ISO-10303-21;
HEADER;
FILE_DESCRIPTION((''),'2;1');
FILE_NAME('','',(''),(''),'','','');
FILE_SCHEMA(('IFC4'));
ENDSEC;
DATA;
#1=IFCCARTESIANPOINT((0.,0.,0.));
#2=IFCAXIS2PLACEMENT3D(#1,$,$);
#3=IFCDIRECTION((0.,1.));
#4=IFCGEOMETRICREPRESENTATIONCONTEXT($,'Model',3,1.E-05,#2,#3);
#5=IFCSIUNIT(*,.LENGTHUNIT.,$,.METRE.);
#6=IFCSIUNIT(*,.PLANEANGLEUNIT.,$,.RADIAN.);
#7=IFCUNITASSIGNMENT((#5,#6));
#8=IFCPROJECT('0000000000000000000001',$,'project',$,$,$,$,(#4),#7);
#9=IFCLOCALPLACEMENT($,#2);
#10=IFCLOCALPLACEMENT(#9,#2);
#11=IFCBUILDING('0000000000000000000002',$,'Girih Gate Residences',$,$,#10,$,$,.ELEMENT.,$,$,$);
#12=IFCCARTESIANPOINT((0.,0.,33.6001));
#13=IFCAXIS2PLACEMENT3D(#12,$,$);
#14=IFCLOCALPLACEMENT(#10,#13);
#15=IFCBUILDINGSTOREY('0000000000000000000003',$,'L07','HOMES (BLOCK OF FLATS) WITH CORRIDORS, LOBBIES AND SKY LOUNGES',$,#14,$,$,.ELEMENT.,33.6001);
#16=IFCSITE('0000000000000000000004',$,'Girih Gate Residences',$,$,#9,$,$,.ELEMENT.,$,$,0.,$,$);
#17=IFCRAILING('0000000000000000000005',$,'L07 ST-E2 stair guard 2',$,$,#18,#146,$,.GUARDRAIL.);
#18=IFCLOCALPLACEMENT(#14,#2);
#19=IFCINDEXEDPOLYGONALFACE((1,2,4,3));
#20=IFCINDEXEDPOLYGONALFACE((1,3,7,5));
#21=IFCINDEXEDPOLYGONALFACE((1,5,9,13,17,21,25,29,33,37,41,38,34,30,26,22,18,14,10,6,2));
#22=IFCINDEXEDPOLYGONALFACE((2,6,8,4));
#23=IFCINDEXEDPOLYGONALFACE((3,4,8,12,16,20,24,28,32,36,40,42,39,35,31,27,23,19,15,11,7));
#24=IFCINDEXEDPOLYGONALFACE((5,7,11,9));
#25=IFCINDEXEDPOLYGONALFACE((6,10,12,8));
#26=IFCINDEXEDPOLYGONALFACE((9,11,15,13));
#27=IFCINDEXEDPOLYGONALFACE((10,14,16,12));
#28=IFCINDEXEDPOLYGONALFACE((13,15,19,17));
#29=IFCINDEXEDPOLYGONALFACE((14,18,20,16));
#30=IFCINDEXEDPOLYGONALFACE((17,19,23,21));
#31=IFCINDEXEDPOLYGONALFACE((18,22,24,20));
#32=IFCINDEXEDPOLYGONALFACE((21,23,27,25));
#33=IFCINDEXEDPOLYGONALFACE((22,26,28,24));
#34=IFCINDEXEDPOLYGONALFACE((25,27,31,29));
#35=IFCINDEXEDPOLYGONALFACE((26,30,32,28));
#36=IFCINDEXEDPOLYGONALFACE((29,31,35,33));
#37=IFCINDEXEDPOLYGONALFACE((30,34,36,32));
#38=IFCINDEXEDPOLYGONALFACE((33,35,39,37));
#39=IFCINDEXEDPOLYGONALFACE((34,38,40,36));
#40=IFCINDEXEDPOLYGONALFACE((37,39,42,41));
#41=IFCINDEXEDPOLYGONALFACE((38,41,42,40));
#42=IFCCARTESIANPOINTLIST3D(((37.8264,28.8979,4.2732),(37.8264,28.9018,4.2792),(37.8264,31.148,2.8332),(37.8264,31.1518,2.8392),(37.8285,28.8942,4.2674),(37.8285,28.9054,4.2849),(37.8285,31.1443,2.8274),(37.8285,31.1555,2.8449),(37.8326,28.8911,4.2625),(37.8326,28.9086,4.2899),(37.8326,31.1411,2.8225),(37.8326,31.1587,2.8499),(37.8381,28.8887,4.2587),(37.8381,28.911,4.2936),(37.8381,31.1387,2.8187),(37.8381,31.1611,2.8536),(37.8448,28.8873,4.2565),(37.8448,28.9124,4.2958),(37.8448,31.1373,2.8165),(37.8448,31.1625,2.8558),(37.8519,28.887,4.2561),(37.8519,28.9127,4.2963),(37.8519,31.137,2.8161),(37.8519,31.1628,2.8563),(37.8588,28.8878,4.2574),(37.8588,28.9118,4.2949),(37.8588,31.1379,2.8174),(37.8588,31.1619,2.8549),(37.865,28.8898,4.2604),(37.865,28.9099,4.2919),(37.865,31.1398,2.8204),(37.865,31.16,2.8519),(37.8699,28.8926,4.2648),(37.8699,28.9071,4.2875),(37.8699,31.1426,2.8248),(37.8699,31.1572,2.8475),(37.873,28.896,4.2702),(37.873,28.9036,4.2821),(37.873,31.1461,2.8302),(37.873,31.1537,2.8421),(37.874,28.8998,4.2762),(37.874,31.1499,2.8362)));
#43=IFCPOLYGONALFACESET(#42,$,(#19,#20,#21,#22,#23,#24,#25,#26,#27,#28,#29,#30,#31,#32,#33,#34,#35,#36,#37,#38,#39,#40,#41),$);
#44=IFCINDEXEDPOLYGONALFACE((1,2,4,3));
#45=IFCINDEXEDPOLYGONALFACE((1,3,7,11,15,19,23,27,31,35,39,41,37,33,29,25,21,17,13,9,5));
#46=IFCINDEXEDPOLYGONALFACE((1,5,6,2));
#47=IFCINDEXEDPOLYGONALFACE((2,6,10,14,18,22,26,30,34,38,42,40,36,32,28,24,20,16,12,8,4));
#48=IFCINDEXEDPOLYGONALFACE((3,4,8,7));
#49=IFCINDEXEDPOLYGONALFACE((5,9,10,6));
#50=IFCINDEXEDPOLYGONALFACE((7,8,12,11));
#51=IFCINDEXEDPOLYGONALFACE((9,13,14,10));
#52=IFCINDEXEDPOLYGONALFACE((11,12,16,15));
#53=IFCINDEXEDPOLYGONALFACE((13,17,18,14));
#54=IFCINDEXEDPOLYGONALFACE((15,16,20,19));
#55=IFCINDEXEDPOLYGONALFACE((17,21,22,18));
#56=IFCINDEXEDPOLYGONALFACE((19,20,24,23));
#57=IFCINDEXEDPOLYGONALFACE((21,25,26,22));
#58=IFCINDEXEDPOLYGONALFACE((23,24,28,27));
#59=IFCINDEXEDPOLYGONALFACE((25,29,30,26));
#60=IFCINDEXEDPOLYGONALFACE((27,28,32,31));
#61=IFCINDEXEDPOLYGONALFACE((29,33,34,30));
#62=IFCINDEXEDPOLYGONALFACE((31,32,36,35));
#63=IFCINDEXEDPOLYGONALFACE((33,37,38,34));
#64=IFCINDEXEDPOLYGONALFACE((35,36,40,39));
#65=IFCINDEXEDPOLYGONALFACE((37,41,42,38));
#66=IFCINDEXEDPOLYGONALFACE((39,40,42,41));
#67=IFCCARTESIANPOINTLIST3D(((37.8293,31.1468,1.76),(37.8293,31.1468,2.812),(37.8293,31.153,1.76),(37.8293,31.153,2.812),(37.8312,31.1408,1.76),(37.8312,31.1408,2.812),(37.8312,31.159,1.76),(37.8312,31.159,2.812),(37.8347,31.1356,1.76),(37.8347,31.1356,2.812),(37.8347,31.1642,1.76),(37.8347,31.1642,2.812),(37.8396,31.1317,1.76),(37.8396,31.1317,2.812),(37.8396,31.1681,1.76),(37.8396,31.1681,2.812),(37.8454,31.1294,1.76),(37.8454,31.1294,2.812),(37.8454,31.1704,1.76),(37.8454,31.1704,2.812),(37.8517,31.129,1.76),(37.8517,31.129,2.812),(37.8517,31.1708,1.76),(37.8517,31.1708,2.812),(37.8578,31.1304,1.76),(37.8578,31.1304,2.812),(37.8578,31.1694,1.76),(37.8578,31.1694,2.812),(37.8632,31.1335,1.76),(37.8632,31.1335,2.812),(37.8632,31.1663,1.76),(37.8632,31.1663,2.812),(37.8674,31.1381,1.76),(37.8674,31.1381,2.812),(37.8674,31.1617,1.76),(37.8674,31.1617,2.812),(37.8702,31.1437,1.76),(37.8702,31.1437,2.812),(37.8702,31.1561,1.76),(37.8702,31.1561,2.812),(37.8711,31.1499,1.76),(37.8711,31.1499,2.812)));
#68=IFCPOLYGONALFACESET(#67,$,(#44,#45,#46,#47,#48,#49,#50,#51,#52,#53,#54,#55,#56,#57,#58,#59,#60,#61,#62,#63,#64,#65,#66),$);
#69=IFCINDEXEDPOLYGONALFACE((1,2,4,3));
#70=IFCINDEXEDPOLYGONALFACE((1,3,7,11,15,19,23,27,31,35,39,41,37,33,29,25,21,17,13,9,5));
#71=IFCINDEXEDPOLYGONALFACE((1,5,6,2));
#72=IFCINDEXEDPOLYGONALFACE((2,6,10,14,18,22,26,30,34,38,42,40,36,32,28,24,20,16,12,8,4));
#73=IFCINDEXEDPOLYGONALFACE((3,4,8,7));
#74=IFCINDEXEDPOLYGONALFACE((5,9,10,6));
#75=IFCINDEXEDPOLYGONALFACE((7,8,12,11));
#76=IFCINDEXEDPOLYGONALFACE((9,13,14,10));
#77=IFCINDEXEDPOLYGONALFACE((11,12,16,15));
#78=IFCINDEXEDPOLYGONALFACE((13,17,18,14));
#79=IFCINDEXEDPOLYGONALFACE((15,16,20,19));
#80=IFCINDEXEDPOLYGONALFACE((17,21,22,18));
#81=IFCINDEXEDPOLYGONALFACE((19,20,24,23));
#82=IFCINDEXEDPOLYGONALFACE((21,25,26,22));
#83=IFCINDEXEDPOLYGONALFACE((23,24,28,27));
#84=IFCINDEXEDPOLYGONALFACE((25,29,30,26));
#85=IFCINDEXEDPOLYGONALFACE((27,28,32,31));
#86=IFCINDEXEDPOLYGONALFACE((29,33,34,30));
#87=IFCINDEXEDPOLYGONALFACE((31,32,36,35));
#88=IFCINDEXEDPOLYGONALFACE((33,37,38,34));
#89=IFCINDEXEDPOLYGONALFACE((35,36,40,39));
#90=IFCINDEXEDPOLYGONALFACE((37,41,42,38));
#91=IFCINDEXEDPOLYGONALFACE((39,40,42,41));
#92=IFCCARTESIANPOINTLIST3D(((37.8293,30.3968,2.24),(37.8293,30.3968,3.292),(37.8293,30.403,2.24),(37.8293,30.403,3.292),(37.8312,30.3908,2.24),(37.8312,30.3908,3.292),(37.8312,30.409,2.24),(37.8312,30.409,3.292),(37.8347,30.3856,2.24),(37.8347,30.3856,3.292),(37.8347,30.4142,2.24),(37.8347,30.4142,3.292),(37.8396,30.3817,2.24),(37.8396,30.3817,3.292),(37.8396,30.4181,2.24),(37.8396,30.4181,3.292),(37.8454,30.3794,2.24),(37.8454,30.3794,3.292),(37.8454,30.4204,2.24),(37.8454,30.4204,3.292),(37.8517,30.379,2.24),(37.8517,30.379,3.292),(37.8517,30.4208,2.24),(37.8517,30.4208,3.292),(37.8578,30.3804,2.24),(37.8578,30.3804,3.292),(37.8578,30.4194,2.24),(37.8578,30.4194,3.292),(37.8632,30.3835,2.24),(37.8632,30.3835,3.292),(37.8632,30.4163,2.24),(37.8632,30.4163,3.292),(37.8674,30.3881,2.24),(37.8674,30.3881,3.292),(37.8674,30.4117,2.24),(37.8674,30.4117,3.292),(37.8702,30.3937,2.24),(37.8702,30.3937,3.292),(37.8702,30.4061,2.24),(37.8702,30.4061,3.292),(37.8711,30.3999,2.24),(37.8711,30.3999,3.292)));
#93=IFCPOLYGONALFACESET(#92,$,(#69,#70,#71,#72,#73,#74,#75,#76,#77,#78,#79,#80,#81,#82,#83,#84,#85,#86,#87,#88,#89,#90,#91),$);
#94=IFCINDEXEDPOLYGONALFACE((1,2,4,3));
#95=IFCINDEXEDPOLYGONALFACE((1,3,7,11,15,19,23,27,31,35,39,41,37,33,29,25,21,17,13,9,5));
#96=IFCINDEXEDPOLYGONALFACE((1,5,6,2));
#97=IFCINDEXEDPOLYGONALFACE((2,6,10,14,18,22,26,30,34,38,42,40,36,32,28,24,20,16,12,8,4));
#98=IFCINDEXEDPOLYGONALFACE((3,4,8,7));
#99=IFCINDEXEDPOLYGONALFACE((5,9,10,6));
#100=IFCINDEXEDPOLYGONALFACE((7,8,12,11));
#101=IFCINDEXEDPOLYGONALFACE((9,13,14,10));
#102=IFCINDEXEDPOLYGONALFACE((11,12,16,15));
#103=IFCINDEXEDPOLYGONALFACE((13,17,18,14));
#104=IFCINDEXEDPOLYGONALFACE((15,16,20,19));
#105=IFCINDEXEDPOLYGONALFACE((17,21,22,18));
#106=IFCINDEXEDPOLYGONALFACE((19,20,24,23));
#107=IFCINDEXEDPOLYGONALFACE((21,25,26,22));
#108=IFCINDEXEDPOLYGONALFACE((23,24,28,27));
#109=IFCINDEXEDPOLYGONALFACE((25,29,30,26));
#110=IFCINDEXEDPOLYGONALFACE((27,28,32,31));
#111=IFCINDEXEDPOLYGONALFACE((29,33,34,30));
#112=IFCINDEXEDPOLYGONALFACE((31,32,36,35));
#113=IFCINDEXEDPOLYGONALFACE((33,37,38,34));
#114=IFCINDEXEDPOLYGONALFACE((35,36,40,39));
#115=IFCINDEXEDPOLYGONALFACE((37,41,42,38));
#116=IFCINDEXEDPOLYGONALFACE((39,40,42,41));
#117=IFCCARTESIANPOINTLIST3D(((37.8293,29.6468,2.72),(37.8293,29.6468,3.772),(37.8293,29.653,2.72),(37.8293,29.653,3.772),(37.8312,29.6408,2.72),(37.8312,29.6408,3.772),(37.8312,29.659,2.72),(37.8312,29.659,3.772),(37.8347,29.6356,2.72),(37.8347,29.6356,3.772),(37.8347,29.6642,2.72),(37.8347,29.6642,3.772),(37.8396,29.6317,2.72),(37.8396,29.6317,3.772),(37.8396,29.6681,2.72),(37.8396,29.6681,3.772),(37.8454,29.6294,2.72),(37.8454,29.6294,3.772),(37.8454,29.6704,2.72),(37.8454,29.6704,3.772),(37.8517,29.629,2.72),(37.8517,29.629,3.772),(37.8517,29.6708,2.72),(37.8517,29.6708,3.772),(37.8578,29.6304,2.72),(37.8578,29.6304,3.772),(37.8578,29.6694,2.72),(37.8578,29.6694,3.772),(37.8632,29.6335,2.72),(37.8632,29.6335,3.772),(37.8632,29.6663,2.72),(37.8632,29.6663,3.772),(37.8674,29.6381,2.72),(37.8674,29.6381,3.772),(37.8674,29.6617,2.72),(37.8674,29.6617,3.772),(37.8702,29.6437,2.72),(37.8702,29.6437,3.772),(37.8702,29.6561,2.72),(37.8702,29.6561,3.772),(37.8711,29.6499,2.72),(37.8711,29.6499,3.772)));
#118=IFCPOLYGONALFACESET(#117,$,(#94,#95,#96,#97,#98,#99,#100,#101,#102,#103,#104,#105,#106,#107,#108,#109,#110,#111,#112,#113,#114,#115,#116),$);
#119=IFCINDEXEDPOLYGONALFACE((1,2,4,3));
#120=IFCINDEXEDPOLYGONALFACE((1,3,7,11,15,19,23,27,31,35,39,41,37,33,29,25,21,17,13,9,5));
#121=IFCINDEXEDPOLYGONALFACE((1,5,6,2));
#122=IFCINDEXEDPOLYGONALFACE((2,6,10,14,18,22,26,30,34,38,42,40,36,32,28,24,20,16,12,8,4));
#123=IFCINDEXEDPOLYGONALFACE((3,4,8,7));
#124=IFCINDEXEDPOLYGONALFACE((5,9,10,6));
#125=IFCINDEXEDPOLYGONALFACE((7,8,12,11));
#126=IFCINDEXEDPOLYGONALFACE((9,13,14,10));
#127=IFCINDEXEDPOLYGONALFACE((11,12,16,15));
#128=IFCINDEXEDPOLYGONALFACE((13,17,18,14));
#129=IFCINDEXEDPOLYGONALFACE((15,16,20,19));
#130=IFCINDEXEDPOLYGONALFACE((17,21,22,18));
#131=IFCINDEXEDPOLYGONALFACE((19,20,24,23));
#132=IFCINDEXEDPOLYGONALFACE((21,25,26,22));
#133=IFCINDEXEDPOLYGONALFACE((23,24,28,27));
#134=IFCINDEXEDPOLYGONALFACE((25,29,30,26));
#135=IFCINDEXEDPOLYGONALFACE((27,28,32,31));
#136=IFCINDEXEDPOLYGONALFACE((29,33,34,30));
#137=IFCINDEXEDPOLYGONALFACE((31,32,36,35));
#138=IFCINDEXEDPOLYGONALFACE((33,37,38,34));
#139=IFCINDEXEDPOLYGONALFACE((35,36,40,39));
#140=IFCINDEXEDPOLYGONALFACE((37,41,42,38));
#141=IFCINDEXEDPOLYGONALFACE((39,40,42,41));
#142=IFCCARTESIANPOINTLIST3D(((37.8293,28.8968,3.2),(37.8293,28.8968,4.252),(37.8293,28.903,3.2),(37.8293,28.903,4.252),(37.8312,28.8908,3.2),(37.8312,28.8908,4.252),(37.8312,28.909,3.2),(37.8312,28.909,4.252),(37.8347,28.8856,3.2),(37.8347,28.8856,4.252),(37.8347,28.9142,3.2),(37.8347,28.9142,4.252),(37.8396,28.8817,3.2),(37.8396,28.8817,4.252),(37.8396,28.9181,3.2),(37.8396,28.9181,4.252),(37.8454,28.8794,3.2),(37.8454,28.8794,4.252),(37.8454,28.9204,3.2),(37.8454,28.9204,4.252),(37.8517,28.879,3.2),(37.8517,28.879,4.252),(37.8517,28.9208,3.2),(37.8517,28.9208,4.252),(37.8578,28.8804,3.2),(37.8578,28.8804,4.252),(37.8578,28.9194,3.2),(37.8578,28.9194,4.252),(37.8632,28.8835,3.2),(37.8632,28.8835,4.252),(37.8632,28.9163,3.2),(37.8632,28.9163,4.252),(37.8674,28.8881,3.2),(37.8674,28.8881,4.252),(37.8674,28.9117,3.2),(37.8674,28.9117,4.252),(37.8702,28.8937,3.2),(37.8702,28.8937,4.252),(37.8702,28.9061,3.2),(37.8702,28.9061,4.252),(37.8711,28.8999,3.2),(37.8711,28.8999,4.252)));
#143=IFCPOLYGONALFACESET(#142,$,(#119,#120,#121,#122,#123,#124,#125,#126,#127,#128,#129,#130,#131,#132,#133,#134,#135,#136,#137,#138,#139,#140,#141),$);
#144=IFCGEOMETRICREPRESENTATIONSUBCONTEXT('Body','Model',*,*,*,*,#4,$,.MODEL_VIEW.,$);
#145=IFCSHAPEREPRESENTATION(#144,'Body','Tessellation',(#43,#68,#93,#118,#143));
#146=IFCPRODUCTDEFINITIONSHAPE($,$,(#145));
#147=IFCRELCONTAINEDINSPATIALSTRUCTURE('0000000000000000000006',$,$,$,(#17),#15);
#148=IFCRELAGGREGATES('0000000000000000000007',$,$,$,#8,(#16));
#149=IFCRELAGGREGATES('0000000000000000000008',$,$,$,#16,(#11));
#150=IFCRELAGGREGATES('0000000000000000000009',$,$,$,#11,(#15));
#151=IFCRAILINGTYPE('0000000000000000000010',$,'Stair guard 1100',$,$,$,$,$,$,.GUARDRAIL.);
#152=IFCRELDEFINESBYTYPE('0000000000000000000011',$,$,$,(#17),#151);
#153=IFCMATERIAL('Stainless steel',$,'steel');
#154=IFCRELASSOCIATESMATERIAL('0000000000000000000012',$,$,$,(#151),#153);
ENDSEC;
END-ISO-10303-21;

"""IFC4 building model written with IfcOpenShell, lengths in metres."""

from ifc_helpers import new_model, si_unit, direction, frame, origin, origin_2d, place, context, subcontext, project, spatial, circle, extrude, material, type_object, element, save


model = new_model("IFC4")

# Units and contexts
model_context = context("Model", 3, precision=1e-05, world=origin(), true_north=direction((0.0, 1.0)))
body_context = subcontext(model_context, "Body", "Model", "MODEL_VIEW")
ifc_project = project(units=[si_unit("LENGTHUNIT", "METRE"), si_unit("PLANEANGLEUNIT", "RADIAN")], contexts=[model_context])

# Site, building, storey
site_placement = place(None, origin())
site = spatial("IfcSite", under=ifc_project, at=site_placement, Name="Girih Gate Residences", CompositionType="ELEMENT", RefElevation=0.0)
building_placement = place(site_placement, origin())
building = spatial("IfcBuilding", under=site, at=building_placement, Name="Girih Gate Residences", CompositionType="ELEMENT")
storey_placement = place(building_placement, frame((0.0, 0.0, 33.6001)))
storey = spatial("IfcBuildingStorey", under=building, at=storey_placement, Name="L07", Description="HOMES (BLOCK OF FLATS) WITH CORRIDORS, LOBBIES AND SKY LOUNGES", CompositionType="ELEMENT", Elevation=33.6001)

# Shared definitions
ifc_material_1 = material(Name="Stainless steel", Category="steel")

# Railing
railing_type_1 = type_object("IfcRailingType", Name="Stair guard 1100", PredefinedType="GUARDRAIL", material=ifc_material_1)
railing_1_placement = place(storey_placement, frame((37.8501, 31.1499, 1.76)))
element("IfcRailing", 1, at=railing_1_placement, inside=storey, type_object=railing_type_1, Name="L07 ST-E2 stair guard 2", PredefinedType="GUARDRAIL", context=body_context, shape_type="SweptSolid", body=[
    extrude(circle(Radius=0.0239, at=origin_2d()), frame((0.0, 0.0, 1.0762), z_axis=(0.0, -0.842281, 0.539038), x_axis=(1.0, 0.0, 0.0)), (0.0, 0.0, 1.0), 2.6714),
    extrude(circle(Radius=0.021, at=origin_2d()), origin(), (0.0, 0.0, 1.0), 1.052),
    extrude(circle(Radius=0.021, at=origin_2d()), frame((0.0, -0.75, 0.48)), (0.0, 0.0, 1.0), 1.052),
    extrude(circle(Radius=0.021, at=origin_2d()), frame((0.0, -1.5, 0.96)), (0.0, 0.0, 1.0), 1.052),
    extrude(circle(Radius=0.021, at=origin_2d()), frame((0.0, -2.25, 1.4399)), (0.0, 0.0, 1.0), 1.052),
])

save(model, "model.ifc")
